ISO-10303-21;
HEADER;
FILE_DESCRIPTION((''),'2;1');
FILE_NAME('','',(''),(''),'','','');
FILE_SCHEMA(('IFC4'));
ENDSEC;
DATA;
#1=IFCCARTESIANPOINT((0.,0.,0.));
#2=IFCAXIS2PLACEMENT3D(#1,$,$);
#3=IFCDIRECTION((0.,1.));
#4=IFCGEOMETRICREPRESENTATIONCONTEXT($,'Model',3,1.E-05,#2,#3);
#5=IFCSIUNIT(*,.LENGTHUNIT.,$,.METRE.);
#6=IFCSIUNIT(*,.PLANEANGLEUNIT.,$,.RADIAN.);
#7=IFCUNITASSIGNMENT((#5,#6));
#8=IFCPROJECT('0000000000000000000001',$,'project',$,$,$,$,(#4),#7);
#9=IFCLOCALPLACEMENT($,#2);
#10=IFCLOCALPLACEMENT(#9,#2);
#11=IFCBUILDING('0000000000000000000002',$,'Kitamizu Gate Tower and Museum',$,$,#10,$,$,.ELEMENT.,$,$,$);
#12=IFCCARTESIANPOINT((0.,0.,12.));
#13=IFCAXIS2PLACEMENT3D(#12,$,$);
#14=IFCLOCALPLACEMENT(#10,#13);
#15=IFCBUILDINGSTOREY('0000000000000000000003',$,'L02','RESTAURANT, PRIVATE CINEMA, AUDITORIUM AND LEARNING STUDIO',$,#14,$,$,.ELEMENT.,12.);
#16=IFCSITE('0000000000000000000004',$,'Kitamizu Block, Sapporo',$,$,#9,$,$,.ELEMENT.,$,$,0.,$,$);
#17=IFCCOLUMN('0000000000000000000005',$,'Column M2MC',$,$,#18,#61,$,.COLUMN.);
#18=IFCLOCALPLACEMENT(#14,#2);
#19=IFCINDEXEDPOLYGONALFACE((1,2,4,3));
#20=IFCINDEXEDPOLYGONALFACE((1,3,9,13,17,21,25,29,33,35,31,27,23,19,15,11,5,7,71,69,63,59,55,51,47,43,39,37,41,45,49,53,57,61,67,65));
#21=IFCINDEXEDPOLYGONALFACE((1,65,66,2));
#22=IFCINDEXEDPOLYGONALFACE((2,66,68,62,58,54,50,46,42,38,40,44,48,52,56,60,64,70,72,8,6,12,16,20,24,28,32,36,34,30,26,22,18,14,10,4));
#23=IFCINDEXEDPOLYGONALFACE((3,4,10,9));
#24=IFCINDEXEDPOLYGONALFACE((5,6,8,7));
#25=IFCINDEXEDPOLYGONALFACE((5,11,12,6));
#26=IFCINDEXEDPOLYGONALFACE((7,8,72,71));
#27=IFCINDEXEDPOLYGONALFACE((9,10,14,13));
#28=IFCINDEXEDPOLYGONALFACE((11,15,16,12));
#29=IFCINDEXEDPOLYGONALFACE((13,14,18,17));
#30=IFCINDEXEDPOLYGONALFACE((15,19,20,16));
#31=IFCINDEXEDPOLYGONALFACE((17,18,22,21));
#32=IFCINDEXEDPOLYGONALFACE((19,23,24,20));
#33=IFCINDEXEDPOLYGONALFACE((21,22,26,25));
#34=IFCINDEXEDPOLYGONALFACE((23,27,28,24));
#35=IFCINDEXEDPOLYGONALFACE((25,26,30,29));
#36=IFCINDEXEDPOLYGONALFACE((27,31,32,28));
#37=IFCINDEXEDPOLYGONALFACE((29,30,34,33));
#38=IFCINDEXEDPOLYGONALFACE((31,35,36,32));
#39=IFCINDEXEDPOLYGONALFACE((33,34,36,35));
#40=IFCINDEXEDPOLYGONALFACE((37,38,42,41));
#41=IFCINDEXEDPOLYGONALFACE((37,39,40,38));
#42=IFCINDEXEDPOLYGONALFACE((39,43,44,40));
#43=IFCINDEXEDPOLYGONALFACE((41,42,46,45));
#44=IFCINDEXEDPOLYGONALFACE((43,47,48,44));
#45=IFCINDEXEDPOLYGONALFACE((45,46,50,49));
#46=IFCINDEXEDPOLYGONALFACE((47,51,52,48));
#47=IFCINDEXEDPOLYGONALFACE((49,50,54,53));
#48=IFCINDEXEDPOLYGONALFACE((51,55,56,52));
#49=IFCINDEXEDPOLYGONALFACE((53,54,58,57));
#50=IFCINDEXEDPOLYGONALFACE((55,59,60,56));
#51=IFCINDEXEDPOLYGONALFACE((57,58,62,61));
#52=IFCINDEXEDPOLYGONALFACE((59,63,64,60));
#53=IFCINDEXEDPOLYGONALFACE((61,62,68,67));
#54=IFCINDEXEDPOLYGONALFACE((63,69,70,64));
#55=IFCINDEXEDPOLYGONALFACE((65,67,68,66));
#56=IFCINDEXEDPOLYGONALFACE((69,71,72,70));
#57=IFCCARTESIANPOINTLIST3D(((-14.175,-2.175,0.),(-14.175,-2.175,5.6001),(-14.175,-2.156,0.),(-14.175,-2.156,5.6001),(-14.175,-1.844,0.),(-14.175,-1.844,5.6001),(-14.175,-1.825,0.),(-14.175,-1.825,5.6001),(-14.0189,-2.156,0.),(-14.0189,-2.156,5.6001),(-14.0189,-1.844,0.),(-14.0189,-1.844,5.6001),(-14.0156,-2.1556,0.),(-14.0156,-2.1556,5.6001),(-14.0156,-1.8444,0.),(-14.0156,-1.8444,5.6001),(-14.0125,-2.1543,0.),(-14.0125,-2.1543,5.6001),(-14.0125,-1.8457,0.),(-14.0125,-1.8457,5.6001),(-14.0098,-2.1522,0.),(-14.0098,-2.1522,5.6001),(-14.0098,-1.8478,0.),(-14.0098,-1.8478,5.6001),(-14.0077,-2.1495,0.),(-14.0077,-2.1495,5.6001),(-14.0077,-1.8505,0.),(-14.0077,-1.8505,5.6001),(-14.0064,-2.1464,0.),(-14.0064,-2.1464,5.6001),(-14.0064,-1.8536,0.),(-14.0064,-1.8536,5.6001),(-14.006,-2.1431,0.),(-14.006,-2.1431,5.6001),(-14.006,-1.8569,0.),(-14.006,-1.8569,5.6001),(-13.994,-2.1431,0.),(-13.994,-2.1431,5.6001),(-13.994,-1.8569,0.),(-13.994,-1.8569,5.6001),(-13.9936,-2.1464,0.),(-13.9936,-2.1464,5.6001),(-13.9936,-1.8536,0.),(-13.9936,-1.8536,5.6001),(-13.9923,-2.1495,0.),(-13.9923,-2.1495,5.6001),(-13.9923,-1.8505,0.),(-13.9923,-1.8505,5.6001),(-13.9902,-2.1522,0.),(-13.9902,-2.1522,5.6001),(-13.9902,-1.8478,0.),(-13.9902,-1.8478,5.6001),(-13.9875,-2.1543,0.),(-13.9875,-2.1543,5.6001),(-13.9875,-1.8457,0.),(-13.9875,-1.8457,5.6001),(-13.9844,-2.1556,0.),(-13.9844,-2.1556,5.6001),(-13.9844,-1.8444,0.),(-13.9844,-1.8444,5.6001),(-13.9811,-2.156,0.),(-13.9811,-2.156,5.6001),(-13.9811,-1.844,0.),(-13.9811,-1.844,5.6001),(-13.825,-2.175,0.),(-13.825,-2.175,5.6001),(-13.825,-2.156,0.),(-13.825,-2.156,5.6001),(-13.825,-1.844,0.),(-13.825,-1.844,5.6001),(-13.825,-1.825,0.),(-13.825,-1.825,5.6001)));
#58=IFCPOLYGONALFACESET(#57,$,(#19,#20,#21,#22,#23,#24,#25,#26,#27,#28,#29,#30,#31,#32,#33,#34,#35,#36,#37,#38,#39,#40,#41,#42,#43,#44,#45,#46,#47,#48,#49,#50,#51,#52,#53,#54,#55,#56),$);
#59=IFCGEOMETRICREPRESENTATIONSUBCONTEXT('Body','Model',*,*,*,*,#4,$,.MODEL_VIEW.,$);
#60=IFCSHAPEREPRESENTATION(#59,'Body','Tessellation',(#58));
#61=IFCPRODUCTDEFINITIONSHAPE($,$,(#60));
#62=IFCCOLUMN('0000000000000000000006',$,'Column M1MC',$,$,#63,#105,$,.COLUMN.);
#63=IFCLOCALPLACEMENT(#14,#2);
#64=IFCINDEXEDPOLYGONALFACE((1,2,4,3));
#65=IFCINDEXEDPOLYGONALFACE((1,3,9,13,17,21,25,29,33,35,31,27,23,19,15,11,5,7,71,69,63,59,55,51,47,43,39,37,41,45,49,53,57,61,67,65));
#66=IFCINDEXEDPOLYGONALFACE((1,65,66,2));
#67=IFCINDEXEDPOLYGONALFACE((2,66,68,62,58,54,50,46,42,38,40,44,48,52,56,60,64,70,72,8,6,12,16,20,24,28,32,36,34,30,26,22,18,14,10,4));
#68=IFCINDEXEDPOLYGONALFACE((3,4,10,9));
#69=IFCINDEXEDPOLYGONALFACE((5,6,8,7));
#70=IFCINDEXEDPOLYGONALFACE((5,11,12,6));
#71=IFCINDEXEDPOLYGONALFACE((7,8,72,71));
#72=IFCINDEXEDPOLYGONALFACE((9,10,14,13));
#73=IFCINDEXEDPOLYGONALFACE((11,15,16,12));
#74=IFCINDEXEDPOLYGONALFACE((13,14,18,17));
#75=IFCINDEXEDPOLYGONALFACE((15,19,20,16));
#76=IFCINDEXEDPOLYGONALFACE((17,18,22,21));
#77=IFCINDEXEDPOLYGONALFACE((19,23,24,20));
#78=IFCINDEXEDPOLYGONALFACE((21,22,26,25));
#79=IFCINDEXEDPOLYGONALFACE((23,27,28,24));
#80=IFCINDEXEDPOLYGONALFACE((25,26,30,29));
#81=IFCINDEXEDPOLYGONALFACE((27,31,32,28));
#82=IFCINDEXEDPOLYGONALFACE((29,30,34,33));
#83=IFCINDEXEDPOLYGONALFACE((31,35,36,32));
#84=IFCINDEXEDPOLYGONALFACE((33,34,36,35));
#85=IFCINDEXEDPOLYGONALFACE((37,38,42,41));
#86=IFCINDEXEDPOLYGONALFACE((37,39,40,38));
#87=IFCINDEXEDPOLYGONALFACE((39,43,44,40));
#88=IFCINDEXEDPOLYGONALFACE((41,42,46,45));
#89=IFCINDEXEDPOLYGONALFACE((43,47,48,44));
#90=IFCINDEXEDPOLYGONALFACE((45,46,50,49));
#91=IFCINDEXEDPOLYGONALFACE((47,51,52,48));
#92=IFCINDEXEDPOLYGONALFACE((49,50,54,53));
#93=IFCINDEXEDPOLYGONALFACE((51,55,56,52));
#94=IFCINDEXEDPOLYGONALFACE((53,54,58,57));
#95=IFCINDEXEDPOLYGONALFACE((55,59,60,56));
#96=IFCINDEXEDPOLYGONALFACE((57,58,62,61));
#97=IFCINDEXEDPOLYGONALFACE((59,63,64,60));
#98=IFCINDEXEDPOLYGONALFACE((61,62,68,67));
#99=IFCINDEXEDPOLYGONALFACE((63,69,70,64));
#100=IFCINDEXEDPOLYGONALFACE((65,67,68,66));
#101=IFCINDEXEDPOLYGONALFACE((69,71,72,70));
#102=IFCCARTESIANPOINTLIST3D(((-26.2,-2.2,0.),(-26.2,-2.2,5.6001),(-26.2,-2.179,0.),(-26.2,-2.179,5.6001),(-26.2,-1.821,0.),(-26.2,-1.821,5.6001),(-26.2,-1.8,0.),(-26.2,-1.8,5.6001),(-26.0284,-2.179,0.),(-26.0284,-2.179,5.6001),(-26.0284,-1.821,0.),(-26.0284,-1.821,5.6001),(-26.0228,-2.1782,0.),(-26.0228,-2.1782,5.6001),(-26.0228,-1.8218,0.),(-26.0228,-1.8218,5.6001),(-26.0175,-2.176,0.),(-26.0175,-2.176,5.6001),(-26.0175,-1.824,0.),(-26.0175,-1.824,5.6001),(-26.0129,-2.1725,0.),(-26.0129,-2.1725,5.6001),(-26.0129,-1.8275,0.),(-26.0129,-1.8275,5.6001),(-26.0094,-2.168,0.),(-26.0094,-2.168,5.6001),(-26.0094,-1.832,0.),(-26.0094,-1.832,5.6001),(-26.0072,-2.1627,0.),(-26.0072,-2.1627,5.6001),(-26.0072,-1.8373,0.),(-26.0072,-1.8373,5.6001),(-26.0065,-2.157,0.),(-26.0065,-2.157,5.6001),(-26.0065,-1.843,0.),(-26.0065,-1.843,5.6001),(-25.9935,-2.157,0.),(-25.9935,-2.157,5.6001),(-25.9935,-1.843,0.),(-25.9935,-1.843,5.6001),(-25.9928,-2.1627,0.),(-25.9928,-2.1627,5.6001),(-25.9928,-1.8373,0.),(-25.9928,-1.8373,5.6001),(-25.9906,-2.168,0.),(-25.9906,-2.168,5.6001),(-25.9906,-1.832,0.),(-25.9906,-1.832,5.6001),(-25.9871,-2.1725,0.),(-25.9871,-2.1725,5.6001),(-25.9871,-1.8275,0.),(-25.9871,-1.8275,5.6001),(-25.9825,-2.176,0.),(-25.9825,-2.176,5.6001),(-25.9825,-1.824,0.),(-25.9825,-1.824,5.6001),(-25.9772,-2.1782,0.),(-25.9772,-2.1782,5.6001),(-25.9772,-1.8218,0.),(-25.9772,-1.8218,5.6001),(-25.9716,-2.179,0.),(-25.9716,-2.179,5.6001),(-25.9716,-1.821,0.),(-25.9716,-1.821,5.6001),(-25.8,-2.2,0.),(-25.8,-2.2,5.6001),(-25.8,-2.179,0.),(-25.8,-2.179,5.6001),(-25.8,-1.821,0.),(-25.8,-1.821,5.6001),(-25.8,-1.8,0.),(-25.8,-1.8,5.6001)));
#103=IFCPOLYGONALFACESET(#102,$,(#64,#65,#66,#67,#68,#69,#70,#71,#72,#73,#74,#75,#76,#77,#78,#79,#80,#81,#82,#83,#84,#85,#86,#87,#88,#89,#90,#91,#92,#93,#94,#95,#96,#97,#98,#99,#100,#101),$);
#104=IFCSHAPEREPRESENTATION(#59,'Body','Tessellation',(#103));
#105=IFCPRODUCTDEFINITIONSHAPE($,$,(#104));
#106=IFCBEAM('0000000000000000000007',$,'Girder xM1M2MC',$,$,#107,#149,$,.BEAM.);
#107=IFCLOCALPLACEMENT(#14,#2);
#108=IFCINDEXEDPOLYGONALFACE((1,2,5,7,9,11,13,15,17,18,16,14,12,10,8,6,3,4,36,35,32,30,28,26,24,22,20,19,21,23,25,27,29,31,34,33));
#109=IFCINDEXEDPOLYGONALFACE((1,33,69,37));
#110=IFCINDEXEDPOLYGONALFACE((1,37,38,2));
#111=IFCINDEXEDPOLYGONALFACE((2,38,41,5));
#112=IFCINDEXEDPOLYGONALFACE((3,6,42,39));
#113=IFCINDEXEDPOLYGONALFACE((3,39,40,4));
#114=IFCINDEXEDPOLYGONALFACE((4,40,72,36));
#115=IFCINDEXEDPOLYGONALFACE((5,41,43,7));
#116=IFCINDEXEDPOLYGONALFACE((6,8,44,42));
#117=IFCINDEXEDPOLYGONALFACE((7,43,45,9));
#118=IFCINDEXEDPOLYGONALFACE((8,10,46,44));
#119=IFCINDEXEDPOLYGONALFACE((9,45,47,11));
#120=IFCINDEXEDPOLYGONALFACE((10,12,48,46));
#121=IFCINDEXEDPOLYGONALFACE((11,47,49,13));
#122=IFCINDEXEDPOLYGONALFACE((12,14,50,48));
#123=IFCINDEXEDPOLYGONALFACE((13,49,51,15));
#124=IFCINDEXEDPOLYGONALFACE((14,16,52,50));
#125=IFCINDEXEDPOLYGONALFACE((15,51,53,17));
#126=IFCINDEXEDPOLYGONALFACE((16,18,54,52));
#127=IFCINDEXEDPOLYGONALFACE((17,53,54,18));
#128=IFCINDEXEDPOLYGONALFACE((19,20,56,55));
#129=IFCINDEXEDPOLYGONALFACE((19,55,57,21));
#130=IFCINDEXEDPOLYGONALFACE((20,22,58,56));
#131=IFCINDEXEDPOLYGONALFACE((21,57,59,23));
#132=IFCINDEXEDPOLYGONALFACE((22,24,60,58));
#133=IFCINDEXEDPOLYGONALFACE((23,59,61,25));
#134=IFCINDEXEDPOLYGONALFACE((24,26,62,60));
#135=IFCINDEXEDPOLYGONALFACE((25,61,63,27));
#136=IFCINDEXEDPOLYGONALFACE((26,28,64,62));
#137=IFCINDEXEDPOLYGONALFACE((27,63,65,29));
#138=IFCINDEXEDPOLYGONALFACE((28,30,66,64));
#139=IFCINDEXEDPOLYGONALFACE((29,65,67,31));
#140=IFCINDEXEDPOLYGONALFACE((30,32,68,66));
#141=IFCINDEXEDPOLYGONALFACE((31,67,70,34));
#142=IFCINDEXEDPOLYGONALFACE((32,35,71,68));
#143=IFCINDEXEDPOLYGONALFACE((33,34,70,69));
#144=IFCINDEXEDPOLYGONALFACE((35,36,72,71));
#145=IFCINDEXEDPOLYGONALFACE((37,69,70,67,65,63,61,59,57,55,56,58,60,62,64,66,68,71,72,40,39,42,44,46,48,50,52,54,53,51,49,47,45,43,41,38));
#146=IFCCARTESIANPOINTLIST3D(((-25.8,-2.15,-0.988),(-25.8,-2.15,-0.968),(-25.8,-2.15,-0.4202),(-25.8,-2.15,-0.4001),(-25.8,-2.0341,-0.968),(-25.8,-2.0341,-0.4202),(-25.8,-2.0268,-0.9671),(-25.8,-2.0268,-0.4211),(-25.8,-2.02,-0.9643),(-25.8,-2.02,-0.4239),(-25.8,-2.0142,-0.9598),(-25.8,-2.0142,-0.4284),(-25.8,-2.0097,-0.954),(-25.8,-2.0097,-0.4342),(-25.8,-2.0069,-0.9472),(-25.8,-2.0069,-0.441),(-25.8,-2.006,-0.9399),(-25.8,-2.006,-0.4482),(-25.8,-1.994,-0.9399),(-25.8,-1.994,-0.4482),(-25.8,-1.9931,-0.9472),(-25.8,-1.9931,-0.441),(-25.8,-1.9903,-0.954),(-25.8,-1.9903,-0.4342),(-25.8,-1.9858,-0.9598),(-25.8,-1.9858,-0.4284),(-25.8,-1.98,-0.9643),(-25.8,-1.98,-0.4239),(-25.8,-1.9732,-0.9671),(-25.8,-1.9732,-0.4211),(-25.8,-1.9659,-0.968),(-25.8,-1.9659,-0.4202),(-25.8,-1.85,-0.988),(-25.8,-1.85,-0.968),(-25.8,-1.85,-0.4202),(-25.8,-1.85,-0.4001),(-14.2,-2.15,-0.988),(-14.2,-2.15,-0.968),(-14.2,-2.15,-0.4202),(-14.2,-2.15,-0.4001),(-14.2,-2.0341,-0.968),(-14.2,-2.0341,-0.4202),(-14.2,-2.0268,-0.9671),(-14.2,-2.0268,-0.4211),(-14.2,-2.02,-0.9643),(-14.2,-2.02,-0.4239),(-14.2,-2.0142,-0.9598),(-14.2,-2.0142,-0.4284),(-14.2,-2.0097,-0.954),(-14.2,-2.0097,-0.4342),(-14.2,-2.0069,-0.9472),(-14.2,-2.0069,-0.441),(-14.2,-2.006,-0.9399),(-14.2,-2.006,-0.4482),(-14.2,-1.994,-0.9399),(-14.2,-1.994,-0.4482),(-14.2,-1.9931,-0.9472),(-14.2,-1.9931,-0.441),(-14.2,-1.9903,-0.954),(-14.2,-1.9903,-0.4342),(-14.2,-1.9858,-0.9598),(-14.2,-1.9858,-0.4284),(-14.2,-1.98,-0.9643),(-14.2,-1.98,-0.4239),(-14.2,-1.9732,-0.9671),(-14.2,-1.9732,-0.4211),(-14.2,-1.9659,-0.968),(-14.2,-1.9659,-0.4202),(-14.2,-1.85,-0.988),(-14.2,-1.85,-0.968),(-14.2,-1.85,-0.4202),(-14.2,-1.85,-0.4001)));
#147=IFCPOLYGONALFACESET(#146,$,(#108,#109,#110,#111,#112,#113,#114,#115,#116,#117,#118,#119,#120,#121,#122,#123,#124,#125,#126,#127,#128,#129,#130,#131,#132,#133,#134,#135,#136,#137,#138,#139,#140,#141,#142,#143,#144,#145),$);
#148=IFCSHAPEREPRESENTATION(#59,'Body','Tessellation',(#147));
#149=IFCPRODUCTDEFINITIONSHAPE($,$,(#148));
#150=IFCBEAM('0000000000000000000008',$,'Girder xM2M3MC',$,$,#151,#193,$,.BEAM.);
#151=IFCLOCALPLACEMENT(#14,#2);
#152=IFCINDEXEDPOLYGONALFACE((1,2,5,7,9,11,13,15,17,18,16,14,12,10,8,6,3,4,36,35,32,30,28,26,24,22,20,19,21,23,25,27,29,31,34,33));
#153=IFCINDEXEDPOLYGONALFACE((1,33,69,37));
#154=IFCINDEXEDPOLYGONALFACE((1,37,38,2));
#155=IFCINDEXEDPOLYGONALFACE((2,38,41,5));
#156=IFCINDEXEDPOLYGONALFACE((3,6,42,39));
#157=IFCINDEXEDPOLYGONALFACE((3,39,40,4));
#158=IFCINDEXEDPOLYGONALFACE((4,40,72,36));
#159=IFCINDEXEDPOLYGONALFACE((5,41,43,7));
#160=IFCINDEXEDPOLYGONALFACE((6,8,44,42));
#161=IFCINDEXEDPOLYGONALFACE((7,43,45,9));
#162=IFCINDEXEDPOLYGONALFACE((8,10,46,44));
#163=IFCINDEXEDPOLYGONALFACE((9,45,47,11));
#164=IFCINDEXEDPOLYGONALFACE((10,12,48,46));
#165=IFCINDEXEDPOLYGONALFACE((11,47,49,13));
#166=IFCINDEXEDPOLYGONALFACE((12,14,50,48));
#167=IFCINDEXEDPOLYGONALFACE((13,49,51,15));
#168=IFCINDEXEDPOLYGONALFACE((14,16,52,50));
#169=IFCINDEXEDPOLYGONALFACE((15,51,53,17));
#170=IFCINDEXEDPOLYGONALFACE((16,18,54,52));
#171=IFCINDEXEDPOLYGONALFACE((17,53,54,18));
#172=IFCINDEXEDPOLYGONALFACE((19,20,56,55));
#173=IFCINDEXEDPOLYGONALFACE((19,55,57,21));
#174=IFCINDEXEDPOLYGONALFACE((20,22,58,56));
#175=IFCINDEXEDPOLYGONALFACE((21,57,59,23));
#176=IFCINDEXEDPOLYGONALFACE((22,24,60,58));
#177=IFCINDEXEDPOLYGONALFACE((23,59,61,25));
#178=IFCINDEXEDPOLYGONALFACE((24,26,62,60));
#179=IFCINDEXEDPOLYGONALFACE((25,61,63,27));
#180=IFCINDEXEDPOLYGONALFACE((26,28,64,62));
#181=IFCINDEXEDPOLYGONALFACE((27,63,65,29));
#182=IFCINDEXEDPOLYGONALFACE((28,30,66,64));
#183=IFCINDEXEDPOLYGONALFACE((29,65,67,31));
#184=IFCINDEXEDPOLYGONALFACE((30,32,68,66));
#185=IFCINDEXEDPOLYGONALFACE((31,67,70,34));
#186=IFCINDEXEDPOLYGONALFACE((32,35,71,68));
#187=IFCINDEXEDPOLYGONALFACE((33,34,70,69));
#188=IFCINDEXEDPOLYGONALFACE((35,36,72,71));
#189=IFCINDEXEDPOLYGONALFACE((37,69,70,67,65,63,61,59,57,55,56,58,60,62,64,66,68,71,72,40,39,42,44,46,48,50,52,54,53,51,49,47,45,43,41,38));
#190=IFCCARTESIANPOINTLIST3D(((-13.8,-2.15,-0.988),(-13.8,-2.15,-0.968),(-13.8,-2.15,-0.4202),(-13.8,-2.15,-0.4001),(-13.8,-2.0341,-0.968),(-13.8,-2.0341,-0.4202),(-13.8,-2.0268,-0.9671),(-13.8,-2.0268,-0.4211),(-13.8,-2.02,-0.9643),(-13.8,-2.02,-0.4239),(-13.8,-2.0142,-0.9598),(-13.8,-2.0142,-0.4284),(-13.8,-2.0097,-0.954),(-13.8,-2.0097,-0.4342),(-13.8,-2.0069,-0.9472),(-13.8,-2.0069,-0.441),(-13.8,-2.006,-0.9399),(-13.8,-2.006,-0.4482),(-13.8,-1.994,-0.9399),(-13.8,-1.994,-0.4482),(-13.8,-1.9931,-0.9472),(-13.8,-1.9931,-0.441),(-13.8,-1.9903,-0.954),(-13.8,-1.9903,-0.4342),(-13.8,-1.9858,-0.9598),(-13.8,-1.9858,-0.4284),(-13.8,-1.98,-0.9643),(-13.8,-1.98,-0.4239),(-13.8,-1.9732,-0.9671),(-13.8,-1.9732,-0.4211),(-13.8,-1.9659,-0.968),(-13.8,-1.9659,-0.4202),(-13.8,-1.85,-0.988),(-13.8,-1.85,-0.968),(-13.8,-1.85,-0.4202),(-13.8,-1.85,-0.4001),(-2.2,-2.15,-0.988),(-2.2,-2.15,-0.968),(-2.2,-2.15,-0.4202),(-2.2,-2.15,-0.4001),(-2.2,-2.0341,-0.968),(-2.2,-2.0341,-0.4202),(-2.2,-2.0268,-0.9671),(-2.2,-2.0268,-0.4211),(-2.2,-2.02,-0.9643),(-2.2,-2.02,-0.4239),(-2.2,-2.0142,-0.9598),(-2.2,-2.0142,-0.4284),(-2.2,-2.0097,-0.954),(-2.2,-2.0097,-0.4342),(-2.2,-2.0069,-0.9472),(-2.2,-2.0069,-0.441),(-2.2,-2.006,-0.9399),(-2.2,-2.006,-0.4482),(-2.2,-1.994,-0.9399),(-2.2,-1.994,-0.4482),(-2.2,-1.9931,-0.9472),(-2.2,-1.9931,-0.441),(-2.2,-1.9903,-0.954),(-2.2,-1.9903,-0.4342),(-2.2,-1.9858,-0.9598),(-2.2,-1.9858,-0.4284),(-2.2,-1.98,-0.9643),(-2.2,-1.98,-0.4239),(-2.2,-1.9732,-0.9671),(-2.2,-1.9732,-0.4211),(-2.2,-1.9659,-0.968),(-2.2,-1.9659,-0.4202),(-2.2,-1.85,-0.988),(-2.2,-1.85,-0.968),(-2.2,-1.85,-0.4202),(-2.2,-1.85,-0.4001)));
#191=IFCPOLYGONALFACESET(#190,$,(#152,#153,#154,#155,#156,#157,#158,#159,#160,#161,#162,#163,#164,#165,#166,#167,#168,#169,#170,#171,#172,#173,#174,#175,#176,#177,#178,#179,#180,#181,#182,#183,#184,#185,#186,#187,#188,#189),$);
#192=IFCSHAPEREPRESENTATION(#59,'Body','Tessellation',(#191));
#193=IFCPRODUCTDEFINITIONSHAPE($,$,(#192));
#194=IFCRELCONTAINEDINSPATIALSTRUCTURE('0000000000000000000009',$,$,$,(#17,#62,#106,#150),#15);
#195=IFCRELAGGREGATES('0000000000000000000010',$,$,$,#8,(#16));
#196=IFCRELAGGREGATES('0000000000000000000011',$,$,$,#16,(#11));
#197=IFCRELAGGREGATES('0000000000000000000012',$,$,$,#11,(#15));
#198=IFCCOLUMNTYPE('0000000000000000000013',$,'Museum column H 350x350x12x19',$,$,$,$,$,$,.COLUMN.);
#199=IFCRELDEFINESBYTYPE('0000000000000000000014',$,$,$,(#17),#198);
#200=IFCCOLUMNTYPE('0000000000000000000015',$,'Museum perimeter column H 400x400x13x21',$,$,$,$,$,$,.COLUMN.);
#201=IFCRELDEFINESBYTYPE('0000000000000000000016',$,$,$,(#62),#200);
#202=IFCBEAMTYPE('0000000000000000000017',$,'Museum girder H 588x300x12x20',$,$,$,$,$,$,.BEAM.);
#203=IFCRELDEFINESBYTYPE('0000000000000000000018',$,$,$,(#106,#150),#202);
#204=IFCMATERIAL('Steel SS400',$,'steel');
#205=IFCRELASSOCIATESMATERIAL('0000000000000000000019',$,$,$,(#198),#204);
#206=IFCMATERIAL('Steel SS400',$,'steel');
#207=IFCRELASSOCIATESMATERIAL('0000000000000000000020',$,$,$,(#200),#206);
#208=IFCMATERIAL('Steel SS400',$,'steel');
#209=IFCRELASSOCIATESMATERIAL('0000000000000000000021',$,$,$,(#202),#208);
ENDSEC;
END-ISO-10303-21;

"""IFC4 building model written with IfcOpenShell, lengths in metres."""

from ifc_helpers import new_model, si_unit, direction, frame, origin, origin_2d, place, context, subcontext, project, spatial, i_section, extrude, material, material_profile, profile_set, type_object, element, save


model = new_model("IFC4")

# Units and contexts
model_context = context("Model", 3, precision=1e-05, world=origin(), true_north=direction((0.0, 1.0)))
body_context = subcontext(model_context, "Body", "Model", "MODEL_VIEW")
ifc_project = project(units=[si_unit("LENGTHUNIT", "METRE"), si_unit("PLANEANGLEUNIT", "RADIAN")], contexts=[model_context])

# Site, building, storey
site_placement = place(None, origin())
site = spatial("IfcSite", under=ifc_project, at=site_placement, Name="Kitamizu Block, Sapporo", CompositionType="ELEMENT", RefElevation=0.0)
building_placement = place(site_placement, origin())
building = spatial("IfcBuilding", under=site, at=building_placement, Name="Kitamizu Gate Tower and Museum", CompositionType="ELEMENT")
storey_placement = place(building_placement, frame((0.0, 0.0, 12.0)))
storey = spatial("IfcBuildingStorey", under=building, at=storey_placement, Name="L02", Description="RESTAURANT, PRIVATE CINEMA, AUDITORIUM AND LEARNING STUDIO", CompositionType="ELEMENT", Elevation=12.0)

# Columns
ifc_material_1 = material(Name="Steel SS400", Category="steel")
ifc_material_profile_1 = material_profile(ifc_material_1, i_section(OverallWidth=0.3501, OverallDepth=0.3501, WebThickness=0.012, FlangeThickness=0.019, FilletRadius=0.0129, at=origin_2d()), Name="H-350x350x12x19")
ifc_profile_set_1 = profile_set([ifc_material_profile_1], Name="Steel SS400")
column_type_1 = type_object("IfcColumnType", Name="Museum column H 350x350x12x19", PredefinedType="COLUMN", material=ifc_profile_set_1)
column_1_placement = place(storey_placement, frame((-14.0, -2.0, 0.0), z_axis=(0.0, 0.0, 1.0), x_axis=(1.0, 0.0, 0.0)))
element("IfcColumn", 1, at=column_1_placement, inside=storey, type_object=column_type_1, Name="Column M2MC", PredefinedType="COLUMN", context=body_context, shape_type="SweptSolid", body=[
    extrude(i_section(OverallWidth=0.3501, OverallDepth=0.3501, WebThickness=0.012, FlangeThickness=0.019, FilletRadius=0.0129, at=origin_2d()), origin(), (0.0, 0.0, 1.0), 5.6001),
])
ifc_material_2 = material(Name="Steel SS400", Category="steel")
ifc_material_profile_2 = material_profile(ifc_material_2, i_section(OverallWidth=0.3999, OverallDepth=0.3999, WebThickness=0.0129, FlangeThickness=0.021, FilletRadius=0.022, at=origin_2d()), Name="H-400x400x13x21")
ifc_profile_set_2 = profile_set([ifc_material_profile_2], Name="Steel SS400")
column_type_2 = type_object("IfcColumnType", Name="Museum perimeter column H 400x400x13x21", PredefinedType="COLUMN", material=ifc_profile_set_2)
column_2_placement = place(storey_placement, frame((-26.0, -2.0, 0.0), z_axis=(0.0, 0.0, 1.0), x_axis=(1.0, 0.0, 0.0)))
element("IfcColumn", 2, at=column_2_placement, inside=storey, type_object=column_type_2, Name="Column M1MC", PredefinedType="COLUMN", context=body_context, shape_type="SweptSolid", body=[
    extrude(i_section(OverallWidth=0.3999, OverallDepth=0.3999, WebThickness=0.0129, FlangeThickness=0.021, FilletRadius=0.022, at=origin_2d()), origin(), (0.0, 0.0, 1.0), 5.6001),
])

# Beams
ifc_material_3 = material(Name="Steel SS400", Category="steel")
ifc_material_profile_3 = material_profile(ifc_material_3, i_section(OverallWidth=0.3, OverallDepth=0.5879, WebThickness=0.012, FlangeThickness=0.02, FilletRadius=0.0281, at=origin_2d()), Name="H-588x300x12x20")
ifc_profile_set_3 = profile_set([ifc_material_profile_3], Name="Steel SS400")
beam_type_1 = type_object("IfcBeamType", Name="Museum girder H 588x300x12x20", PredefinedType="BEAM", material=ifc_profile_set_3)
for number, where, z_axis, x_axis, name in (
    (3, (-25.8, -2.0, -0.6941), (1.0, 0.0, 0.0), (0.0, 1.0, 0.0), "Girder xM1M2MC"),
    (4, (-13.8, -2.0, -0.6941), (1.0, 0.0, 0.0), (0.0, 1.0, 0.0), "Girder xM2M3MC"),
):
    element("IfcBeam", number, at=place(storey_placement, frame(where, z_axis=z_axis, x_axis=x_axis)), inside=storey, type_object=beam_type_1, Name=name, PredefinedType="BEAM", context=body_context, shape_type="SweptSolid", body=[
        extrude(i_section(OverallWidth=0.3, OverallDepth=0.5879, WebThickness=0.012, FlangeThickness=0.02, FilletRadius=0.0281, at=origin_2d()), origin(), (0.0, 0.0, 1.0), 11.6001),
    ])

save(model, "model.ifc")
